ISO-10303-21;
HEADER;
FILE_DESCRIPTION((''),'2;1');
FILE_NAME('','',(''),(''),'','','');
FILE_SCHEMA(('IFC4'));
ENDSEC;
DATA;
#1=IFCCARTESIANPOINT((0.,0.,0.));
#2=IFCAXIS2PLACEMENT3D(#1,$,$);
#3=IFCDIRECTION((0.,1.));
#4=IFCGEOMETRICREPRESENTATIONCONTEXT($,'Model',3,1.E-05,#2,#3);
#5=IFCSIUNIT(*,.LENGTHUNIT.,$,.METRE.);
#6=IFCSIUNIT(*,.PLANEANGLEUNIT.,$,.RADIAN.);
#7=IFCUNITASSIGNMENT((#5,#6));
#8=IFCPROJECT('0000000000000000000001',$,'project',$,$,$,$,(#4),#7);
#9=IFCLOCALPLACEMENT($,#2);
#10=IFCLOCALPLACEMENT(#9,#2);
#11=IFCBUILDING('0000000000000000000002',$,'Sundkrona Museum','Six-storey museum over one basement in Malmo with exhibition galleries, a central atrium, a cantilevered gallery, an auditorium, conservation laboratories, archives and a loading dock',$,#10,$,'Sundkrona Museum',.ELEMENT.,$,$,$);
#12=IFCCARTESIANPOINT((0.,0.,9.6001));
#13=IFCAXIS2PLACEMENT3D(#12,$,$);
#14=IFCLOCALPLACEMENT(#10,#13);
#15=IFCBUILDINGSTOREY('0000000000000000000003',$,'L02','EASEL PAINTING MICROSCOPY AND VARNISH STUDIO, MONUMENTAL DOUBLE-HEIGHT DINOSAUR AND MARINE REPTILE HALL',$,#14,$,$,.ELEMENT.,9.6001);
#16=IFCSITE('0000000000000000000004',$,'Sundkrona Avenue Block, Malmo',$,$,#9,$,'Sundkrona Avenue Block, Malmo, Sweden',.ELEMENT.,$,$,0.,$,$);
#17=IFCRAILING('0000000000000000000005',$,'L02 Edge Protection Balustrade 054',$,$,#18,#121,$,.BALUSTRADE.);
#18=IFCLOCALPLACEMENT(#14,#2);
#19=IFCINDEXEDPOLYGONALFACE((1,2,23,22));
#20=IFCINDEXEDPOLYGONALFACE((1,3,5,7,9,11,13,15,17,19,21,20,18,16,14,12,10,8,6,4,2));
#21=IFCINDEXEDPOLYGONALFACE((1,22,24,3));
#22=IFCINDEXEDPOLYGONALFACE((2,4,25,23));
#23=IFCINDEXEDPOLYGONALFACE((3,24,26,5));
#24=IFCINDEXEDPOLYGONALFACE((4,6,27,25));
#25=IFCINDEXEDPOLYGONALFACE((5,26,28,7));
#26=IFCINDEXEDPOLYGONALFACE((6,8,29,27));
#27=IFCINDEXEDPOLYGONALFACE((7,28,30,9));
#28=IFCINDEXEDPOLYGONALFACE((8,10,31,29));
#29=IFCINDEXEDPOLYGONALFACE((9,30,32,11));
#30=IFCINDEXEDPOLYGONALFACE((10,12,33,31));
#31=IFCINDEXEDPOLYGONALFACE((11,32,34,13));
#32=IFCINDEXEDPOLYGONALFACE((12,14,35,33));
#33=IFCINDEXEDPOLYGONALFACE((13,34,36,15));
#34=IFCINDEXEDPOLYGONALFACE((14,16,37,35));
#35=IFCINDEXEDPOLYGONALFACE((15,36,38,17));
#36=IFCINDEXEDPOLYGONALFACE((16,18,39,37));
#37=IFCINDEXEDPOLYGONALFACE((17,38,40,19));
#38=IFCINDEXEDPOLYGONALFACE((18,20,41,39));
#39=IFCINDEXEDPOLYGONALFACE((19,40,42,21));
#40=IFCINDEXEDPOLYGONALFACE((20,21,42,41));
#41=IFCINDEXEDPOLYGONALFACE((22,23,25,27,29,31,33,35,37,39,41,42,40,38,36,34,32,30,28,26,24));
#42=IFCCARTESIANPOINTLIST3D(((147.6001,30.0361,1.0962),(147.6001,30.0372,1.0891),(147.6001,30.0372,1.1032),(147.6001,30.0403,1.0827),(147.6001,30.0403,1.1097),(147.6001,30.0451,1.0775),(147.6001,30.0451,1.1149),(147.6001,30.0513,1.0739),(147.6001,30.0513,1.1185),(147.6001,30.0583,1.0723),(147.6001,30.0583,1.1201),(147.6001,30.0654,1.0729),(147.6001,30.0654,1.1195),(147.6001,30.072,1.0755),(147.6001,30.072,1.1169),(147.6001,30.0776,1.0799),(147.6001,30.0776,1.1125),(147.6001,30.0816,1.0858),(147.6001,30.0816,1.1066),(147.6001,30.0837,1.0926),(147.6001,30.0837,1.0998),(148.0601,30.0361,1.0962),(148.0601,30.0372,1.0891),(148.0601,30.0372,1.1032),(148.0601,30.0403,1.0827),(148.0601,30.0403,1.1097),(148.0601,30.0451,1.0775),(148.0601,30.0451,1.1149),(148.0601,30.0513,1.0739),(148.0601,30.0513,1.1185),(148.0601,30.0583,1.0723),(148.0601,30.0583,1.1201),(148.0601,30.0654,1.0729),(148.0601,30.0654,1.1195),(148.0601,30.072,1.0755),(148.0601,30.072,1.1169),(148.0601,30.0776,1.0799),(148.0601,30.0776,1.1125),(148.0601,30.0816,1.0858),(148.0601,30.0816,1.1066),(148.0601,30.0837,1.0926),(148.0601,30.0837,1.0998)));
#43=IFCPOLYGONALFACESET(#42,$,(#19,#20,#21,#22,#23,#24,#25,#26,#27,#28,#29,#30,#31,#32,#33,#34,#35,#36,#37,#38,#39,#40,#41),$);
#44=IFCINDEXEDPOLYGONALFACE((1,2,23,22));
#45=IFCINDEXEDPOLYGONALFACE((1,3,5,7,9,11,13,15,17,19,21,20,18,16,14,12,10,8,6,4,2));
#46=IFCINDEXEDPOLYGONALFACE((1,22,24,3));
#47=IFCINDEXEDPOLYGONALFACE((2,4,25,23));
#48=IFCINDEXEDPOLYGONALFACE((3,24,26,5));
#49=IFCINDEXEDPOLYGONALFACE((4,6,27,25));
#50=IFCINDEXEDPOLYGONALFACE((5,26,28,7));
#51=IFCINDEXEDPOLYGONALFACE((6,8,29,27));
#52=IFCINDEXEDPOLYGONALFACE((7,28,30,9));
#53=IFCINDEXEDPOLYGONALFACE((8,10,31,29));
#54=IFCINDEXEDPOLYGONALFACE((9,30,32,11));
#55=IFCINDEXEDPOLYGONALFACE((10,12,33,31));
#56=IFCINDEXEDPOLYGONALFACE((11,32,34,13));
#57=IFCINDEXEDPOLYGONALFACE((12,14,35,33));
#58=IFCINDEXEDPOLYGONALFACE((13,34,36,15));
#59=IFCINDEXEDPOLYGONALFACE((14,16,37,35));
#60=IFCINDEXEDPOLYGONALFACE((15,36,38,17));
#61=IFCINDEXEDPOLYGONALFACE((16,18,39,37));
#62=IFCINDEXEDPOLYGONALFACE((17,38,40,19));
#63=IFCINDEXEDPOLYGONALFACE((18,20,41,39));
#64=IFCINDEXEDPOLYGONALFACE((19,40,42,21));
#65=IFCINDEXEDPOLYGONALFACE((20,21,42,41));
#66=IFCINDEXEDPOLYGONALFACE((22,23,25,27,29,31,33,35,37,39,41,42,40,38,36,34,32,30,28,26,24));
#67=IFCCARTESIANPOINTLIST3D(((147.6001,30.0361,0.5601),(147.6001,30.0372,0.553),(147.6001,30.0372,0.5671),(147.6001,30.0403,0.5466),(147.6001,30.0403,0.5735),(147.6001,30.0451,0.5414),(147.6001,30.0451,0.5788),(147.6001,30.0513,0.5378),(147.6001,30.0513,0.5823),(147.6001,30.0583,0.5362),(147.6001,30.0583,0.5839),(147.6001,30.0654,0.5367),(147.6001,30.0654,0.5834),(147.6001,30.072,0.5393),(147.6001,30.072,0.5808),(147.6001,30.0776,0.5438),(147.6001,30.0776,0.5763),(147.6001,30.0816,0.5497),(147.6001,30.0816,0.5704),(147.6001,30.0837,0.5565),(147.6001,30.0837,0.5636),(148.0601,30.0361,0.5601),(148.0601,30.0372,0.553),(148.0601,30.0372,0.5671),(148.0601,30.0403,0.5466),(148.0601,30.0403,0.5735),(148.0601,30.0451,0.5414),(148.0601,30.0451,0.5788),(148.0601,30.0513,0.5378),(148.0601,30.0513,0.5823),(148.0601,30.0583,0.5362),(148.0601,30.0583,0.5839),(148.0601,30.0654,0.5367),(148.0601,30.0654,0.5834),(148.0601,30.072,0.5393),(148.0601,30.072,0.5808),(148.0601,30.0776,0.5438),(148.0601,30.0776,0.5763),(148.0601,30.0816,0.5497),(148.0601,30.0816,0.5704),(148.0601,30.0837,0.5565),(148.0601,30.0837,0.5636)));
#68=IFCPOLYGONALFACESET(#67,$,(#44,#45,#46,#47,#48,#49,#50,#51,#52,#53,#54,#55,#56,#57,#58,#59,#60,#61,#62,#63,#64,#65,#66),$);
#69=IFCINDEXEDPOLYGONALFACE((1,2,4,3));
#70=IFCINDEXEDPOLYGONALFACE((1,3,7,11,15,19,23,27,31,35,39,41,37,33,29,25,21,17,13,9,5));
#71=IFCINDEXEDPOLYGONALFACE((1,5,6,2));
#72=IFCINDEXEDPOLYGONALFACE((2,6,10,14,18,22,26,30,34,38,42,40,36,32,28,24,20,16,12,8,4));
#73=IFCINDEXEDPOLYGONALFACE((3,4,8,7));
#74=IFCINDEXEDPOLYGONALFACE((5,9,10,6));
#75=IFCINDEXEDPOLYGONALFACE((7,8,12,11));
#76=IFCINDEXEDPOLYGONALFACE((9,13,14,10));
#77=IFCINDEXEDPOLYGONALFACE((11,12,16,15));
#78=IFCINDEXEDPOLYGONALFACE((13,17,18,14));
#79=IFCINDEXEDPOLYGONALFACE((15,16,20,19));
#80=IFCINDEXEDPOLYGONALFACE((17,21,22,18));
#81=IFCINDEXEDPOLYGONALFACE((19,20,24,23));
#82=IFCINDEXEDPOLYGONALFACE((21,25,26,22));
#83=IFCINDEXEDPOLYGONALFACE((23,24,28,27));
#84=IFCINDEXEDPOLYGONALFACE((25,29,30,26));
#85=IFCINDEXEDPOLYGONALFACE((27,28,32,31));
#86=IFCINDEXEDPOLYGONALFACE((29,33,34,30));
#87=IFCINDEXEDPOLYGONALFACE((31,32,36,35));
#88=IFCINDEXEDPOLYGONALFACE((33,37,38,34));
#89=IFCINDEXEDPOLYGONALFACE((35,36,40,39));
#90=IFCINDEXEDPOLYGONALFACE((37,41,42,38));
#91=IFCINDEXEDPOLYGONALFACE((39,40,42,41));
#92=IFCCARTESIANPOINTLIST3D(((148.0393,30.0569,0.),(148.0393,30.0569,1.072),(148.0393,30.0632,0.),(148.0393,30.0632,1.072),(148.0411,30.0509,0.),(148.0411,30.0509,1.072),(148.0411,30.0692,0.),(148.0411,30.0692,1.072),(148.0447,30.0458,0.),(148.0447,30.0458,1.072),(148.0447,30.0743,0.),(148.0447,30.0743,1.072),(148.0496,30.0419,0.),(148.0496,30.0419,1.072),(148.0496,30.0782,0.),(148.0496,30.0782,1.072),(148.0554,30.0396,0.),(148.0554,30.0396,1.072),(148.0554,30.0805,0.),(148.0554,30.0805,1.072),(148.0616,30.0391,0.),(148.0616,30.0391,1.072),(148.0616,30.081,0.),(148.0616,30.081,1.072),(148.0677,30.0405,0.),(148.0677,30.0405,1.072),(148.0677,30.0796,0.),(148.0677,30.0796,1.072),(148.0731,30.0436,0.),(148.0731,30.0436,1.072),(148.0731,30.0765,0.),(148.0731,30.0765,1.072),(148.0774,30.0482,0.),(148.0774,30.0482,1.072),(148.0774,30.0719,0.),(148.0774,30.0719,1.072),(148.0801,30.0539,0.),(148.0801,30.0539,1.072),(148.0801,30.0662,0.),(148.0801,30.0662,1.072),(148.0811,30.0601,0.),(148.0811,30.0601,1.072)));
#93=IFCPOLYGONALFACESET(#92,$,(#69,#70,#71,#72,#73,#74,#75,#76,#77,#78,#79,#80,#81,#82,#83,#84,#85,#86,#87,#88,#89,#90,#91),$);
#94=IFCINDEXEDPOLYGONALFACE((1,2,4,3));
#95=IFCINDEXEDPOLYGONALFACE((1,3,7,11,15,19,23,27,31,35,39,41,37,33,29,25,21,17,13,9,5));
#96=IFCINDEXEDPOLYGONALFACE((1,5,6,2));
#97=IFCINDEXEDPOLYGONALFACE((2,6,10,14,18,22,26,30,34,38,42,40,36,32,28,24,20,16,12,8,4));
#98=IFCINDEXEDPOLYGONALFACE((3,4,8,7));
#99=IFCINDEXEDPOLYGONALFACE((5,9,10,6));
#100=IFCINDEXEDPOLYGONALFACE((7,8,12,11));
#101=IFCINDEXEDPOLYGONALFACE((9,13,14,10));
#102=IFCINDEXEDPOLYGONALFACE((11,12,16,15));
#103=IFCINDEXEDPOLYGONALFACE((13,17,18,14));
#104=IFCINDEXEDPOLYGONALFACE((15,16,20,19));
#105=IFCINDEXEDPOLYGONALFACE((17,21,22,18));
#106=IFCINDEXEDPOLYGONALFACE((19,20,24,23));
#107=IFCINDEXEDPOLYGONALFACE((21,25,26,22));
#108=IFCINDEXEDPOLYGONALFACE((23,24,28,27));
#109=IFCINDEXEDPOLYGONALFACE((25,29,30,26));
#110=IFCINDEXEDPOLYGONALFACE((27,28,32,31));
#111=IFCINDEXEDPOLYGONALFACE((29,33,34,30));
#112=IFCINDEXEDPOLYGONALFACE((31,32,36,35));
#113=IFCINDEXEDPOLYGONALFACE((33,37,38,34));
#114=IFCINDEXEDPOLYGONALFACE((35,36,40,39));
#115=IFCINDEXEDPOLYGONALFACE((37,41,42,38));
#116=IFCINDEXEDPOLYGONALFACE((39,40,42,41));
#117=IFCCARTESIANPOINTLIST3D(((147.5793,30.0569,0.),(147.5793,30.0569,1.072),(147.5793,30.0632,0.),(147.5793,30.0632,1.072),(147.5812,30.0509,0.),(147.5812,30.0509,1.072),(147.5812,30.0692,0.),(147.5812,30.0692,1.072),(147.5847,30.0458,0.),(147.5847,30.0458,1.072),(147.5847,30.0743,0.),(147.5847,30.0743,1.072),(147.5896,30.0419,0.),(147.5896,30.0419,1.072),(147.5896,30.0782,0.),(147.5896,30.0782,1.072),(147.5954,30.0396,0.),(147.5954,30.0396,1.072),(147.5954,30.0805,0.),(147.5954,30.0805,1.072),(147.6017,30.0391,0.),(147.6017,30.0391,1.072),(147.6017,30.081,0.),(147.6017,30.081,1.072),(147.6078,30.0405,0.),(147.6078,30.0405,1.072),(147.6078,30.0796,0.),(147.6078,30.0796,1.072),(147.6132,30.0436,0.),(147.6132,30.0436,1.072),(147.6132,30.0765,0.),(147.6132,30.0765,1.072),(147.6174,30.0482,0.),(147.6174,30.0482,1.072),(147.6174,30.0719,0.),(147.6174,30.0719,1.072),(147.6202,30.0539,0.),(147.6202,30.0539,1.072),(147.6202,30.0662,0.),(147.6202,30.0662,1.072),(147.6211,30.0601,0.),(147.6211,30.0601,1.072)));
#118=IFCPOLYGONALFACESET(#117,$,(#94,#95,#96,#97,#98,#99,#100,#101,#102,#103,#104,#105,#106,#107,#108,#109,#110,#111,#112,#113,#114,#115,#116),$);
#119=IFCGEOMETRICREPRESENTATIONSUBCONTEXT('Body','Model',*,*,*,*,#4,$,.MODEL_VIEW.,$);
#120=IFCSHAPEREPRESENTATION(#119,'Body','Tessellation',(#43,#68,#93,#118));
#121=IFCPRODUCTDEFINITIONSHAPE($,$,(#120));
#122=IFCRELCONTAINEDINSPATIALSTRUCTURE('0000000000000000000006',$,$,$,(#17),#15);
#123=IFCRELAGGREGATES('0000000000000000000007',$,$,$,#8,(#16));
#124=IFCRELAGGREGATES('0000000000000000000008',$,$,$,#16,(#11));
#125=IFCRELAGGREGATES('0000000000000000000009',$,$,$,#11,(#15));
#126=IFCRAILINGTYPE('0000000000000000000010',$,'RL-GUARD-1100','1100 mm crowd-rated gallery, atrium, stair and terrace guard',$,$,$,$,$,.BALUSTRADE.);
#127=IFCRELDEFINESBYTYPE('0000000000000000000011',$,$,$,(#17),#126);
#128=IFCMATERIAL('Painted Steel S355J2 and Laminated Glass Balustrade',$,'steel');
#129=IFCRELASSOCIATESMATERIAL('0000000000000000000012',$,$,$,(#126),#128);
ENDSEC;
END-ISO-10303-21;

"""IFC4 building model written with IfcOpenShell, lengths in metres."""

from ifc_helpers import new_model, si_unit, direction, frame, origin, origin_2d, place, context, subcontext, project, spatial, circle, extrude, material, type_object, element, save


model = new_model("IFC4")

# Units and contexts
model_context = context("Model", 3, precision=1e-05, world=origin(), true_north=direction((0.0, 1.0)))
body_context = subcontext(model_context, "Body", "Model", "MODEL_VIEW")
ifc_project = project(units=[si_unit("LENGTHUNIT", "METRE"), si_unit("PLANEANGLEUNIT", "RADIAN")], contexts=[model_context])

# Site, building, storey
site_placement = place(None, origin())
site = spatial("IfcSite", under=ifc_project, at=site_placement, Name="Sundkrona Avenue Block, Malmo", LongName="Sundkrona Avenue Block, Malmo, Sweden", CompositionType="ELEMENT", RefElevation=0.0)
building_placement = place(site_placement, origin())
building = spatial("IfcBuilding", under=site, at=building_placement, Name="Sundkrona Museum", Description="Six-storey museum over one basement in Malmo with exhibition galleries, a central atrium, a cantilevered gallery, an auditorium, conservation laboratories, archives and a loading dock", LongName="Sundkrona Museum", CompositionType="ELEMENT")
storey_placement = place(building_placement, frame((0.0, 0.0, 9.6001)))
storey = spatial("IfcBuildingStorey", under=building, at=storey_placement, Name="L02", Description="EASEL PAINTING MICROSCOPY AND VARNISH STUDIO, MONUMENTAL DOUBLE-HEIGHT DINOSAUR AND MARINE REPTILE HALL", CompositionType="ELEMENT", Elevation=9.6001)

# Railing
ifc_material_1 = material(Name="Painted Steel S355J2 and Laminated Glass Balustrade", Category="steel")
railing_type = type_object("IfcRailingType", Name="RL-GUARD-1100", Description="1100 mm crowd-rated gallery, atrium, stair and terrace guard", PredefinedType="BALUSTRADE", material=ifc_material_1)
railing_1_placement = place(storey_placement, frame((148.0601, 30.0601, 0.0)))
element("IfcRailing", 1, at=railing_1_placement, inside=storey, type_object=railing_type, Name="L02 Edge Protection Balustrade 054", PredefinedType="BALUSTRADE", context=body_context, shape_type="SweptSolid", body=[
    extrude(circle(Radius=0.0239, at=origin_2d()), frame((0.0, 0.0, 1.0962), z_axis=(-1.0, 0.0, 0.0), x_axis=(0.0, -1.0, 0.0)), (0.0, 0.0, 1.0), 0.46),
    extrude(circle(Radius=0.0239, at=origin_2d()), frame((0.0, 0.0, 0.5601), z_axis=(-1.0, 0.0, 0.0), x_axis=(0.0, -1.0, 0.0)), (0.0, 0.0, 1.0), 0.46),
    extrude(circle(Radius=0.021, at=origin_2d()), origin(), (0.0, 0.0, 1.0), 1.072),
    extrude(circle(Radius=0.021, at=origin_2d()), frame((-0.46, 0.0, 0.0)), (0.0, 0.0, 1.0), 1.072),
])

save(model, "model.ifc")
